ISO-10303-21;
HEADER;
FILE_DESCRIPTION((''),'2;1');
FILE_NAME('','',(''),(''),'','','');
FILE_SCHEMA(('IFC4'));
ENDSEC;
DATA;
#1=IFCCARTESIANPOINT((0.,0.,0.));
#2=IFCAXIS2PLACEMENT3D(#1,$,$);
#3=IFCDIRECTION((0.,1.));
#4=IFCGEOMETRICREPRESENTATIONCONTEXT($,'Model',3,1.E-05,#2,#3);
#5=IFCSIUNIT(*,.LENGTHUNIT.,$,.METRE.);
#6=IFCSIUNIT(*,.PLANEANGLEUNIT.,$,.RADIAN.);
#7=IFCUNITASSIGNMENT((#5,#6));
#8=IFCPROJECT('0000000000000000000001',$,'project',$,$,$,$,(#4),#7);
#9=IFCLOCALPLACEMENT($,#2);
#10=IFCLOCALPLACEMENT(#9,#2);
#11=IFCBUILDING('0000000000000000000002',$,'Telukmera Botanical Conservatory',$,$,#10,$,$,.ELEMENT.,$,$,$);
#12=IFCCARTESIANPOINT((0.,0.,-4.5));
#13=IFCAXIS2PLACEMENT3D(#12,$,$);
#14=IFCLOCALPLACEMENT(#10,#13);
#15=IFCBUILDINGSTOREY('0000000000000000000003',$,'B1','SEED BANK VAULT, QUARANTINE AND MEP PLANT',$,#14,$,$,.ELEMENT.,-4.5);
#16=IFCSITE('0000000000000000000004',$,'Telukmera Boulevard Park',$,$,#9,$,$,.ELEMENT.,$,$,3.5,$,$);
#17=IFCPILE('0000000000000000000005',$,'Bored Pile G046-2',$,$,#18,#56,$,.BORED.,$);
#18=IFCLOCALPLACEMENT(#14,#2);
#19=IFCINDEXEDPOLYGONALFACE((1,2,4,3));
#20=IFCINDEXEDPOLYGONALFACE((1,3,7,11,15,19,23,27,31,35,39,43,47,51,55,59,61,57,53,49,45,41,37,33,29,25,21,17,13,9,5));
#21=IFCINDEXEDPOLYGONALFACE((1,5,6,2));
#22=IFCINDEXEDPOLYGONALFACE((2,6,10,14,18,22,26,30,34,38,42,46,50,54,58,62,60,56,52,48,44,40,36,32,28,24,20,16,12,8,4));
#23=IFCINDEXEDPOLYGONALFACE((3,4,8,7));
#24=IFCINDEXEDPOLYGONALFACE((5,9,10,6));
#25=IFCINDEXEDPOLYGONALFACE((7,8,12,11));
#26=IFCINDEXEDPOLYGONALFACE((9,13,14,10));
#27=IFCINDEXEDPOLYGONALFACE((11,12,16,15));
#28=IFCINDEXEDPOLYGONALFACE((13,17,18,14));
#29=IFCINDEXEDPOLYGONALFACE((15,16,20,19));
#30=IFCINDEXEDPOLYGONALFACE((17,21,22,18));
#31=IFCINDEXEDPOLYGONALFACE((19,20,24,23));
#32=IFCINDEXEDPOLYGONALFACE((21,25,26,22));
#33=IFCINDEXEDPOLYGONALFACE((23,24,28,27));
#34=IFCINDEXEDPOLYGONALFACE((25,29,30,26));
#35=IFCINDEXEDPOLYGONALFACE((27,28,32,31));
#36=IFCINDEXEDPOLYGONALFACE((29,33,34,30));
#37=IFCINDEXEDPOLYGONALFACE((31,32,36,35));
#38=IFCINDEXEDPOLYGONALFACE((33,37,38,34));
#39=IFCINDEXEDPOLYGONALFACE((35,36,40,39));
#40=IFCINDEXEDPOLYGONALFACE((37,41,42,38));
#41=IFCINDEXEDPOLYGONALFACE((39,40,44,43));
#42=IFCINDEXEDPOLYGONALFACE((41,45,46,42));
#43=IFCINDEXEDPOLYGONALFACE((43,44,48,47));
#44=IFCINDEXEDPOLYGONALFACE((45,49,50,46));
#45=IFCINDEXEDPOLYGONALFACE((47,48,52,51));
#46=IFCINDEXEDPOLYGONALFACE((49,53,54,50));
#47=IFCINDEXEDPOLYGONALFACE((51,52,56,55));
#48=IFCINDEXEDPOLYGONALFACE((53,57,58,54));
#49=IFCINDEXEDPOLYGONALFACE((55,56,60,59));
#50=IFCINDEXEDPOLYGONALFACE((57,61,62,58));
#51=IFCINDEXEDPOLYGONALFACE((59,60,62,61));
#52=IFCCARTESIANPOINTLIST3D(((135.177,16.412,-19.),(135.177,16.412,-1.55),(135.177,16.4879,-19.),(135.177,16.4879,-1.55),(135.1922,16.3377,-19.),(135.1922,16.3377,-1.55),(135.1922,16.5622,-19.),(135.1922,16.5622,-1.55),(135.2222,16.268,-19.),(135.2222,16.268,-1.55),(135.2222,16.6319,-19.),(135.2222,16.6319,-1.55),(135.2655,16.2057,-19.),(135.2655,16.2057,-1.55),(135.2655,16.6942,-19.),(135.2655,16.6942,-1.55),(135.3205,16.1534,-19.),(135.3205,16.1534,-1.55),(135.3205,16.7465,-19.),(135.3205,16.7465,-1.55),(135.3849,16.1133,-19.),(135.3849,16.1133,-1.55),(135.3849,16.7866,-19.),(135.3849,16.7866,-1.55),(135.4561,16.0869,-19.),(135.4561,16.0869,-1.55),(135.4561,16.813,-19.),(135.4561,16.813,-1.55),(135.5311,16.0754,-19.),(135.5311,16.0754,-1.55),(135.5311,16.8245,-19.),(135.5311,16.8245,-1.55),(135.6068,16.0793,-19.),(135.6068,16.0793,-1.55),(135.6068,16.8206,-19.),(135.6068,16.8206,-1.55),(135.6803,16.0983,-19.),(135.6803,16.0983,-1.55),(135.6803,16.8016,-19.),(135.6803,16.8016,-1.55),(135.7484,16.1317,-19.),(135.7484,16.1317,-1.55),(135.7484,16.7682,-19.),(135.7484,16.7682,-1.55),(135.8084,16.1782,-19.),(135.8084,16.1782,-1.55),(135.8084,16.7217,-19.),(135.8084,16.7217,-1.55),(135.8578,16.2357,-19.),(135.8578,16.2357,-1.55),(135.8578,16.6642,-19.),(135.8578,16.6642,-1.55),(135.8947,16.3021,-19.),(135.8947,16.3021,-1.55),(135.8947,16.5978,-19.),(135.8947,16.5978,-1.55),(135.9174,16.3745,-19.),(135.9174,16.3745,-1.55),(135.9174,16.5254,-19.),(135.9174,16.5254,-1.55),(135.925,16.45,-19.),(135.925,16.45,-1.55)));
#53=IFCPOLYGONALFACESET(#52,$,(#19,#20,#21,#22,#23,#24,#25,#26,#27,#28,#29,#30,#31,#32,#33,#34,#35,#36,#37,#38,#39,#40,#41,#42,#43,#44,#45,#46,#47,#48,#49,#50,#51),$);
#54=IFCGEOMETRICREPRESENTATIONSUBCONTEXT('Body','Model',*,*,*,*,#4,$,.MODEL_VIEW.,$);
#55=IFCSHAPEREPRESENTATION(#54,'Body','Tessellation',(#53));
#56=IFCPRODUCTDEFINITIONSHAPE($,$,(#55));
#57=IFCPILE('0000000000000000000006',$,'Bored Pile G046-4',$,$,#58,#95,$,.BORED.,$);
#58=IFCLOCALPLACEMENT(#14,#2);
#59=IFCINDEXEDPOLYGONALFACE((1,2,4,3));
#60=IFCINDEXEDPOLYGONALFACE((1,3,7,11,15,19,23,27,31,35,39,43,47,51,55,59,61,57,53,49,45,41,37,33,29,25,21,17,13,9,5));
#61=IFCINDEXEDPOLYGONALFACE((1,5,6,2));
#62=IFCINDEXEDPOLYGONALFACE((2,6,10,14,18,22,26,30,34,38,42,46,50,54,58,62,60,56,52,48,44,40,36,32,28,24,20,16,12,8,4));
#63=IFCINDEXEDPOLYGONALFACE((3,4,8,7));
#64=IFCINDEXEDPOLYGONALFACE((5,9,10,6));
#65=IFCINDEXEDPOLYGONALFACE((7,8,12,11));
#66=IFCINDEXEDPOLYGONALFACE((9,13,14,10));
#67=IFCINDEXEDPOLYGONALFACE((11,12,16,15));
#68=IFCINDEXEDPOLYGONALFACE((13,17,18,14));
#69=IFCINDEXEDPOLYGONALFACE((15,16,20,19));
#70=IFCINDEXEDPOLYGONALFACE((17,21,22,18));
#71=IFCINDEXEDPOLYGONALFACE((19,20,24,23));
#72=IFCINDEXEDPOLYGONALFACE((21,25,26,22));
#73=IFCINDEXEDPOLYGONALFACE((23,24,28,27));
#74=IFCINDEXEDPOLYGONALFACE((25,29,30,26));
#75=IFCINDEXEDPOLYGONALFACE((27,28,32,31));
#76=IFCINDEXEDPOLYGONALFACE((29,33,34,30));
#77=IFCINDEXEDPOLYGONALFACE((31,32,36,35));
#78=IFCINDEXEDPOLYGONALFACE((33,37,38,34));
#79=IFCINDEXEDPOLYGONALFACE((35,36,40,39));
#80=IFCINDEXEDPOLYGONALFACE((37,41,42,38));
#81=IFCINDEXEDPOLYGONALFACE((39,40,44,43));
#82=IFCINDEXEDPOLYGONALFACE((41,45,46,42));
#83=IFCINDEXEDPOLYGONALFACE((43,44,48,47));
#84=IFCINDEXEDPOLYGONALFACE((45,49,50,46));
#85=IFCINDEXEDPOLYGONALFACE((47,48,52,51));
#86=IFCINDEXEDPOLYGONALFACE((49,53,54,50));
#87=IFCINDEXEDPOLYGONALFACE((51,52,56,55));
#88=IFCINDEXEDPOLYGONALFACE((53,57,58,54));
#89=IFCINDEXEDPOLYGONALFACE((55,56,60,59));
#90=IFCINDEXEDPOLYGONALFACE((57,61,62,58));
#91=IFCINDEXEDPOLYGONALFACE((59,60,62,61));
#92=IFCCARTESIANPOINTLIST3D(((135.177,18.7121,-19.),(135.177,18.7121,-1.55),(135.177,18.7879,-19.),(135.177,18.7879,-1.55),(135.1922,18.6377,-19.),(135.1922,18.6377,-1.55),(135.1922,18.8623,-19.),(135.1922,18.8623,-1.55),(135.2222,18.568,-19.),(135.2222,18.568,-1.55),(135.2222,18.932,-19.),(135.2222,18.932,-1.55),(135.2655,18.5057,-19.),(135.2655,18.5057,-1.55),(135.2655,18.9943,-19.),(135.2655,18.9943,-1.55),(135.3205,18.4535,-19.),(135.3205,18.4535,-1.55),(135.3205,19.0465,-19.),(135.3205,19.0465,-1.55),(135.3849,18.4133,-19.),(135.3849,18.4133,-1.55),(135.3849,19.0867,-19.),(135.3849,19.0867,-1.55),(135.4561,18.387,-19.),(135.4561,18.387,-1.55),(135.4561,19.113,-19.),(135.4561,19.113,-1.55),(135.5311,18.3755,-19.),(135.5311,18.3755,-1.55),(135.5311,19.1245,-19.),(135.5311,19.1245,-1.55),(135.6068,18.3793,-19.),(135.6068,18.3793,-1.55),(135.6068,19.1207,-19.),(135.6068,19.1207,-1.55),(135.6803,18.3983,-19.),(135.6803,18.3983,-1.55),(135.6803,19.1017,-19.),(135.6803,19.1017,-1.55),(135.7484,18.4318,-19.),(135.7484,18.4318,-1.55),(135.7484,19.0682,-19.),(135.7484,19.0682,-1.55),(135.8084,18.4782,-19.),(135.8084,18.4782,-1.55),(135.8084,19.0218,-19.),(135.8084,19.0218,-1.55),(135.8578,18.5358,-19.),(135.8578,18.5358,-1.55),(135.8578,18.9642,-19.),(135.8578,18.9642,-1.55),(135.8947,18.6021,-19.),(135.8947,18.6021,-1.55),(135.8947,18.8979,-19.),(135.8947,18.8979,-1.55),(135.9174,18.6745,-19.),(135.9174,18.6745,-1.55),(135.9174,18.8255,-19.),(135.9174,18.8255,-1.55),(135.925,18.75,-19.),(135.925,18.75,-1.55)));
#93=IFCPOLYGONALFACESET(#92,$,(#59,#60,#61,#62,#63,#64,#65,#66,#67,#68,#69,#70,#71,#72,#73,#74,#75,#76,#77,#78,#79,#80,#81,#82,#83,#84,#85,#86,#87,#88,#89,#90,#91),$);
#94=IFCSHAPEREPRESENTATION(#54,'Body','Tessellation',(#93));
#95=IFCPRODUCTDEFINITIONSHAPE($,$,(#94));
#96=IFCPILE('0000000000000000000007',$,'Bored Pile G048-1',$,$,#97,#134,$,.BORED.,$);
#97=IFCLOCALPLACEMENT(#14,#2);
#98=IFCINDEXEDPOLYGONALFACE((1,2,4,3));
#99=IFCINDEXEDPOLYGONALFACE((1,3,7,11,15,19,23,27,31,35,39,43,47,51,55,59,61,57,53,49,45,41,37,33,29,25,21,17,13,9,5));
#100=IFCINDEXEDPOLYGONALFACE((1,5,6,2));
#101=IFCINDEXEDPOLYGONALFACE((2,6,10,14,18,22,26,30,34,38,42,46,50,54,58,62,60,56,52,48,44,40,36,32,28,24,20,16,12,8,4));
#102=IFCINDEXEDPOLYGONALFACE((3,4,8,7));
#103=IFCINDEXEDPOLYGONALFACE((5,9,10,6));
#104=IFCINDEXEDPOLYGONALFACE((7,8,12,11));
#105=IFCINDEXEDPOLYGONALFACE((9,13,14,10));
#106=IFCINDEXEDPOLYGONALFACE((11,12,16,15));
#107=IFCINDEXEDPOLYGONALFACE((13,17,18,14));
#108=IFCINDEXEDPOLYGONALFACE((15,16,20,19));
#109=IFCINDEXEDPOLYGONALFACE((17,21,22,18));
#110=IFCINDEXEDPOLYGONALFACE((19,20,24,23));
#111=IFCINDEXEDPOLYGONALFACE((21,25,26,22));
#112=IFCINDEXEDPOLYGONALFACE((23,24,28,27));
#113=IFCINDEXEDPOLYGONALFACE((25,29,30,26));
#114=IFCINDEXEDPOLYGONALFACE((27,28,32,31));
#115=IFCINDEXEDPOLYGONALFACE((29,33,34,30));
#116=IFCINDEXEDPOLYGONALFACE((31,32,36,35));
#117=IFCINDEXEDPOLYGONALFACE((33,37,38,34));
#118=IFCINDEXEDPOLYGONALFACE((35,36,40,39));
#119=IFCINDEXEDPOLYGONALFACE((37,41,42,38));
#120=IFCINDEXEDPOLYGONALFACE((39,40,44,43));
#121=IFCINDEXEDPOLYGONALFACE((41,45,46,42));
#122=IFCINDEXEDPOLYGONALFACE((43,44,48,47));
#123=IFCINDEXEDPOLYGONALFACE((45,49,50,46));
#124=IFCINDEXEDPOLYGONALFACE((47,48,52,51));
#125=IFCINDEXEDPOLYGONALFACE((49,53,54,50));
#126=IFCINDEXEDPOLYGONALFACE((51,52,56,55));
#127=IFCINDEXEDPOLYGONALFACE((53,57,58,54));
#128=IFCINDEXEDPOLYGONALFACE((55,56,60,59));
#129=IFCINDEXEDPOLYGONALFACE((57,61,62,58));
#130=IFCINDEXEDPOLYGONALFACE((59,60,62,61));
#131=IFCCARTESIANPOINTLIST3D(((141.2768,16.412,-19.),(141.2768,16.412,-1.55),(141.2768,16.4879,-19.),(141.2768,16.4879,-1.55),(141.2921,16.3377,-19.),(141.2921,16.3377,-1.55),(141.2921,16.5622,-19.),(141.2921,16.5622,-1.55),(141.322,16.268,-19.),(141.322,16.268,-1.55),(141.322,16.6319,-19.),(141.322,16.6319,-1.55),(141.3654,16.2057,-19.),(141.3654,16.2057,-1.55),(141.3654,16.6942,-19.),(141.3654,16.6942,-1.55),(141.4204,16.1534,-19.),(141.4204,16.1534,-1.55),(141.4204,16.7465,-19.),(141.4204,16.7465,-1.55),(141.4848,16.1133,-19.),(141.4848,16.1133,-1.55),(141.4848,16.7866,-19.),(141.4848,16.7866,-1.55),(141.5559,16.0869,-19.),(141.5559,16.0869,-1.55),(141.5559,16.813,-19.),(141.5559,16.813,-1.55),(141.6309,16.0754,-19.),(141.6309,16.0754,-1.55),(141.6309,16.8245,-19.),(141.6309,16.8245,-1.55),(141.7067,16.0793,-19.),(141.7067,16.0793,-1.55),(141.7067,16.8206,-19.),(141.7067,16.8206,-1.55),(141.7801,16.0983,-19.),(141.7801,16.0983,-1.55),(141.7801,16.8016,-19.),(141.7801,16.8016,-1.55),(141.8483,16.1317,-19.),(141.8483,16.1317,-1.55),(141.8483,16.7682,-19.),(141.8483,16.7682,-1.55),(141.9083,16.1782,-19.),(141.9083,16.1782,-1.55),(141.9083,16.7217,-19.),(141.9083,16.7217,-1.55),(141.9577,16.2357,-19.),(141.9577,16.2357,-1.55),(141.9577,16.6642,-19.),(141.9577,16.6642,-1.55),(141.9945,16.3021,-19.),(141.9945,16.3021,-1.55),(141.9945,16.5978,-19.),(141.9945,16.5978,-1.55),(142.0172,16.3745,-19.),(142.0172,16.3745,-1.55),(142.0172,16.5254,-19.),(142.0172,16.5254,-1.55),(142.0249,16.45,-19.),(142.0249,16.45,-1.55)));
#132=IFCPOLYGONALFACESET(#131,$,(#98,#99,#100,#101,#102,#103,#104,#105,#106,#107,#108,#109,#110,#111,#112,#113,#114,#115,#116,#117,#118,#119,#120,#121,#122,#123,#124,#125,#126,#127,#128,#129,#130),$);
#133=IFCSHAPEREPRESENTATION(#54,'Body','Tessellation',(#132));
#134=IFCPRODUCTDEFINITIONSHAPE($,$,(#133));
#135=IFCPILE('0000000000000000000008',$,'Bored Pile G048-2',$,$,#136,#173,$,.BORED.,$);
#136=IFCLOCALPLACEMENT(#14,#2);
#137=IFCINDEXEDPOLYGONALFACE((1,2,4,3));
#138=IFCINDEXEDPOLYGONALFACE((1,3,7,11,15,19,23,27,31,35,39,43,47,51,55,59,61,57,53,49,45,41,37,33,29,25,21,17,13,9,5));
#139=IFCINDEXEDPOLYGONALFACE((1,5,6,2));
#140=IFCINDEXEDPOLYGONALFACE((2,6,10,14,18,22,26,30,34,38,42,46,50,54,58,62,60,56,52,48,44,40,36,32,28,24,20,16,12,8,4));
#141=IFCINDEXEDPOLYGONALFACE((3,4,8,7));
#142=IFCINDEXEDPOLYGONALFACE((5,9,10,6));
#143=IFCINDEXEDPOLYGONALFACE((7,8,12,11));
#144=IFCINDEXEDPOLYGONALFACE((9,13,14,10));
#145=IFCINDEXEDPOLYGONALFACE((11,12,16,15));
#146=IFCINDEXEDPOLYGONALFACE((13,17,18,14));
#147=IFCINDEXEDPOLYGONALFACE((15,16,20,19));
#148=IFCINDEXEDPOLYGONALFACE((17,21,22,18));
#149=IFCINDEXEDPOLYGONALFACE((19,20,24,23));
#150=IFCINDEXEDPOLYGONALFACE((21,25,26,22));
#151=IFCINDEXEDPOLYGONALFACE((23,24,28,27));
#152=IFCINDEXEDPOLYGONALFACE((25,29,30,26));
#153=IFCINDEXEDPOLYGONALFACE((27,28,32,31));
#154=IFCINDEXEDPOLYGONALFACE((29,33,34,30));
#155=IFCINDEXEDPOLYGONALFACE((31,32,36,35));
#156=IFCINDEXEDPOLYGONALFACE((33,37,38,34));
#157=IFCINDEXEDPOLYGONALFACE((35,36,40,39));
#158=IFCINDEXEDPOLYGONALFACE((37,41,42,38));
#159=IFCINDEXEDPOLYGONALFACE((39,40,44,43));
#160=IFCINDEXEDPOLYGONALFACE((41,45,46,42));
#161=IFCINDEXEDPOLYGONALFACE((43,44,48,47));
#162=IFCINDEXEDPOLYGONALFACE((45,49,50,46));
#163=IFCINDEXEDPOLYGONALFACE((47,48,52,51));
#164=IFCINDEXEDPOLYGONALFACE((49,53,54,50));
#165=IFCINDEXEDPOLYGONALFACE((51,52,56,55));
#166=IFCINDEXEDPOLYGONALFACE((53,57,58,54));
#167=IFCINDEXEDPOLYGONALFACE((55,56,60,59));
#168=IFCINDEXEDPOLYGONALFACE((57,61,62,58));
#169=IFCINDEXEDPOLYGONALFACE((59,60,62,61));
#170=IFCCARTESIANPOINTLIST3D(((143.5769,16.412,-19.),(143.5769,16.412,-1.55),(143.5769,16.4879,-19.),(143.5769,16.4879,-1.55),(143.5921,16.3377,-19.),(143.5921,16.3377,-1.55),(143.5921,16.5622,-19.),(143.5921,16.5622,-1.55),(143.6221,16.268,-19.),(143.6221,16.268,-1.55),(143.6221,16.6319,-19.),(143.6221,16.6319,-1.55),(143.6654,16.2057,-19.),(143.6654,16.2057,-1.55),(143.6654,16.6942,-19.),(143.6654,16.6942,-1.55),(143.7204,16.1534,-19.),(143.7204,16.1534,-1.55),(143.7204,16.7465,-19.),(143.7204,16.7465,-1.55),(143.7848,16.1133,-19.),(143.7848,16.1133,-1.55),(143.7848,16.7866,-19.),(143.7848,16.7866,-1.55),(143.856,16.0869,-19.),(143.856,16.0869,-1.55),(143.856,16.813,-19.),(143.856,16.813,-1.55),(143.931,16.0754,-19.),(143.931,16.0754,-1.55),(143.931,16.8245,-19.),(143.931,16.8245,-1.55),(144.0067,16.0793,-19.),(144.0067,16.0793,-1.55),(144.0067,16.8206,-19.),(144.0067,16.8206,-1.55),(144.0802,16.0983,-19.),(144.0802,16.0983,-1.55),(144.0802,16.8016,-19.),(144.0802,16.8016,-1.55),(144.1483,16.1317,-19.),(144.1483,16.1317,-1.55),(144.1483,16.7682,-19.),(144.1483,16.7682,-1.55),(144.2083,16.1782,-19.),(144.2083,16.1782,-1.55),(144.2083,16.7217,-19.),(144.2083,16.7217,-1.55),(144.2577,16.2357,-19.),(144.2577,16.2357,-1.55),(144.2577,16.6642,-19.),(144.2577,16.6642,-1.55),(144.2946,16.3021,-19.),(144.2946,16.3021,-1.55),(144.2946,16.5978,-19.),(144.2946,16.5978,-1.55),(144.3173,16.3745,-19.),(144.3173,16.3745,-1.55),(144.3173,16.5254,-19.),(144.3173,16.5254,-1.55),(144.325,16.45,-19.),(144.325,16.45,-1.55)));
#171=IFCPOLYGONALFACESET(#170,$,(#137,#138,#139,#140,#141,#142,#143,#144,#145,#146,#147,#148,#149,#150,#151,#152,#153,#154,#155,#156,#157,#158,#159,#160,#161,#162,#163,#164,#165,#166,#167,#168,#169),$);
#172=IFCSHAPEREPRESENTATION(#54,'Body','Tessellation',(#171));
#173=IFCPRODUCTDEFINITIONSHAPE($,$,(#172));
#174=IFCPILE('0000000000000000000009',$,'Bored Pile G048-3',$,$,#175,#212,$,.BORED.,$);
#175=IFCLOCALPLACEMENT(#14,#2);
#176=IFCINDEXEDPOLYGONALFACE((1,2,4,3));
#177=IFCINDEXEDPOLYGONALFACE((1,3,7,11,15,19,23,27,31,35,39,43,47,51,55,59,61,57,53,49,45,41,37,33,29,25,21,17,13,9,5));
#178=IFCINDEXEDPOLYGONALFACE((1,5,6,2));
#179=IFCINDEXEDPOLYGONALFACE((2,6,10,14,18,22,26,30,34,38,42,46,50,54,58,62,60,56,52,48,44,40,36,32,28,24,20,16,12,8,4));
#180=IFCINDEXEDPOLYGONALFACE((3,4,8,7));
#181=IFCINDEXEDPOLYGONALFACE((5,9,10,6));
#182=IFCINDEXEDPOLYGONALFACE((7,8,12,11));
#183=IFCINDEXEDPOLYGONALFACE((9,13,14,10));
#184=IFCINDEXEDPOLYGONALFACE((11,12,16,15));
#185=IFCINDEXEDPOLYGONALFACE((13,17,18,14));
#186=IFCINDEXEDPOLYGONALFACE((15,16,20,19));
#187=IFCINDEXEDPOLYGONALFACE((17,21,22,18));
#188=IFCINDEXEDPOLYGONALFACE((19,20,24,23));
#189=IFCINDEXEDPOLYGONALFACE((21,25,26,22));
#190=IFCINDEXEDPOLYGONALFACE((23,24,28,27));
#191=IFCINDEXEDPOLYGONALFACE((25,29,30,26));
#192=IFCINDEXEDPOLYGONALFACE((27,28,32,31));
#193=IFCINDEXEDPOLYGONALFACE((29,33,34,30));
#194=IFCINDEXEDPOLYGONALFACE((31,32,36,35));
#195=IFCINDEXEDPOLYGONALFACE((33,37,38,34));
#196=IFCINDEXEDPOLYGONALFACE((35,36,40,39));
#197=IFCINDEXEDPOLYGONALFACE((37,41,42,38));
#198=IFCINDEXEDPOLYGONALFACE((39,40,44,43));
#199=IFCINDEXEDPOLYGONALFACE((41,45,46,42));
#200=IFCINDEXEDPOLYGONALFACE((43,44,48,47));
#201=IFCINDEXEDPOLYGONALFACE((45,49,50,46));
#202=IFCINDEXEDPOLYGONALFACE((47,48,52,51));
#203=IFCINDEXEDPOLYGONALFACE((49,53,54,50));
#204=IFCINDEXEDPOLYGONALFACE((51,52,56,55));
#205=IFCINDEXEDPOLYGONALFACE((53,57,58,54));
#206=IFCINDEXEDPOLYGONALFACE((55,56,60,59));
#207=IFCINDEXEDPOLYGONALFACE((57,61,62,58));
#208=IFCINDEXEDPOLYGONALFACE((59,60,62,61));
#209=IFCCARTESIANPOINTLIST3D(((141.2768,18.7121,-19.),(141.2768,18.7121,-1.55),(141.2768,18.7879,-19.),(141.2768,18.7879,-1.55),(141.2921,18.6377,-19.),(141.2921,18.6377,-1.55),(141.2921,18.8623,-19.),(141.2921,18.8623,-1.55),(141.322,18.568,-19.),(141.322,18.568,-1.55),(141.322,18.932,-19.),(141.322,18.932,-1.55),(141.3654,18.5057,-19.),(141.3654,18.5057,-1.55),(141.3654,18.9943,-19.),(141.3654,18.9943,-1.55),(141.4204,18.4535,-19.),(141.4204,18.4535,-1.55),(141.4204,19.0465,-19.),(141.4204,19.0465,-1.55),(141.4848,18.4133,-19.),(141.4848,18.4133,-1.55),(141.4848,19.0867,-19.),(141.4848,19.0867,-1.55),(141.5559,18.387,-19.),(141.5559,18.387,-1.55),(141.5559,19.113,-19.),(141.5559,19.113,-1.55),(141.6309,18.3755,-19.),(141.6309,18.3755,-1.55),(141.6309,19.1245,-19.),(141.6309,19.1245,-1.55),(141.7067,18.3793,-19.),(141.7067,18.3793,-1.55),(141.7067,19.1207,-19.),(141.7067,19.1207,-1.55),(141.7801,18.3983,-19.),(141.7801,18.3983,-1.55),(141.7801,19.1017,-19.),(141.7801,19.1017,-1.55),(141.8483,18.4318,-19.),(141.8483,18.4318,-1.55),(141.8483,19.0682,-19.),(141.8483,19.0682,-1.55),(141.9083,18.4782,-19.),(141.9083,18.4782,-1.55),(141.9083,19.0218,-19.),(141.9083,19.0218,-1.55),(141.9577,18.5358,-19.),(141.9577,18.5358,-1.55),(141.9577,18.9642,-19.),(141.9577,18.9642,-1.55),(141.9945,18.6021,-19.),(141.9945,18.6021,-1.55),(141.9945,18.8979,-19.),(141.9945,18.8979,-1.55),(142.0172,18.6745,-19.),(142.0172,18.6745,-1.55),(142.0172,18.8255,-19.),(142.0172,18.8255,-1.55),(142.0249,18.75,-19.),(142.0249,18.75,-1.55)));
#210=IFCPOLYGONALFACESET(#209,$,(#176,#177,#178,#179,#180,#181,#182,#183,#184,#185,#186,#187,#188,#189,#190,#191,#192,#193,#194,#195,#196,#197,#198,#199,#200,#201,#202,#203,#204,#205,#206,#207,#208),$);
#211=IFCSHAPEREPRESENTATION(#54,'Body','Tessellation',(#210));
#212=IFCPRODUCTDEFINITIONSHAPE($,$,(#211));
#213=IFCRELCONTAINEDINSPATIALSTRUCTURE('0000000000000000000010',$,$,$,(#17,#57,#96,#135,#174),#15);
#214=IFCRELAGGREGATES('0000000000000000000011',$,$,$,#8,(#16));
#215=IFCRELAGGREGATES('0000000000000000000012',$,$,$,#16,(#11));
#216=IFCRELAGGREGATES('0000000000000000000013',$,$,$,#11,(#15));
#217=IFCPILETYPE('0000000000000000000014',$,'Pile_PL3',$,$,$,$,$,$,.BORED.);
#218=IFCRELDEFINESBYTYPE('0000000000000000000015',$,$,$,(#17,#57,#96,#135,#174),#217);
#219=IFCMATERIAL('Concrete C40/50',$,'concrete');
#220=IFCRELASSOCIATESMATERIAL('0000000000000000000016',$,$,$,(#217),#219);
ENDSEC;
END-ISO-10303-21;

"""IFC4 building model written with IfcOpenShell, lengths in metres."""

from ifc_helpers import new_model, si_unit, direction, frame, origin, origin_2d, place, context, subcontext, project, spatial, circle, extrude, material, material_profile, profile_set, type_object, element, save


model = new_model("IFC4")

# Units and contexts
model_context = context("Model", 3, precision=1e-05, world=origin(), true_north=direction((0.0, 1.0)))
body_context = subcontext(model_context, "Body", "Model", "MODEL_VIEW")
ifc_project = project(units=[si_unit("LENGTHUNIT", "METRE"), si_unit("PLANEANGLEUNIT", "RADIAN")], contexts=[model_context])

# Site, building, storey
site_placement = place(None, origin())
site = spatial("IfcSite", under=ifc_project, at=site_placement, Name="Telukmera Boulevard Park", CompositionType="ELEMENT", RefElevation=3.5)
building_placement = place(site_placement, origin())
building = spatial("IfcBuilding", under=site, at=building_placement, Name="Telukmera Botanical Conservatory", CompositionType="ELEMENT")
storey_placement = place(building_placement, frame((0.0, 0.0, -4.5)))
storey = spatial("IfcBuildingStorey", under=building, at=storey_placement, Name="B1", Description="SEED BANK VAULT, QUARANTINE AND MEP PLANT", CompositionType="ELEMENT", Elevation=-4.5)

# Shared definitions
ifc_material_1 = material(Name="Concrete C40/50", Category="concrete")

# Piles
ifc_material_profile_1 = material_profile(ifc_material_1, circle(Radius=0.375, at=origin_2d()), Name="PILE D750")
ifc_profile_set_1 = profile_set([ifc_material_profile_1], Name="Concrete C40/50")
pile_type = type_object("IfcPileType", Name="Pile_PL3", PredefinedType="BORED", material=ifc_profile_set_1)
for number, where, z_axis, x_axis, name in (
    (1, (135.55, 16.45, -1.55), (0.0, 0.0, -1.0), (1.0, 0.0, 0.0), "Bored Pile G046-2"),
    (2, (135.55, 18.75, -1.55), (0.0, 0.0, -1.0), (1.0, 0.0, 0.0), "Bored Pile G046-4"),
    (3, (141.6499, 16.45, -1.55), (0.0, 0.0, -1.0), (1.0, 0.0, 0.0), "Bored Pile G048-1"),
    (4, (143.95, 16.45, -1.55), (0.0, 0.0, -1.0), (1.0, 0.0, 0.0), "Bored Pile G048-2"),
    (5, (141.6499, 18.75, -1.55), (0.0, 0.0, -1.0), (1.0, 0.0, 0.0), "Bored Pile G048-3"),
):
    element("IfcPile", number, at=place(storey_placement, frame(where, z_axis=z_axis, x_axis=x_axis)), inside=storey, type_object=pile_type, Name=name, PredefinedType="BORED", context=body_context, shape_type="SweptSolid", body=[
        extrude(circle(Radius=0.375, at=origin_2d()), origin(), (0.0, 0.0, 1.0), 17.45),
    ])

save(model, "model.ifc")
